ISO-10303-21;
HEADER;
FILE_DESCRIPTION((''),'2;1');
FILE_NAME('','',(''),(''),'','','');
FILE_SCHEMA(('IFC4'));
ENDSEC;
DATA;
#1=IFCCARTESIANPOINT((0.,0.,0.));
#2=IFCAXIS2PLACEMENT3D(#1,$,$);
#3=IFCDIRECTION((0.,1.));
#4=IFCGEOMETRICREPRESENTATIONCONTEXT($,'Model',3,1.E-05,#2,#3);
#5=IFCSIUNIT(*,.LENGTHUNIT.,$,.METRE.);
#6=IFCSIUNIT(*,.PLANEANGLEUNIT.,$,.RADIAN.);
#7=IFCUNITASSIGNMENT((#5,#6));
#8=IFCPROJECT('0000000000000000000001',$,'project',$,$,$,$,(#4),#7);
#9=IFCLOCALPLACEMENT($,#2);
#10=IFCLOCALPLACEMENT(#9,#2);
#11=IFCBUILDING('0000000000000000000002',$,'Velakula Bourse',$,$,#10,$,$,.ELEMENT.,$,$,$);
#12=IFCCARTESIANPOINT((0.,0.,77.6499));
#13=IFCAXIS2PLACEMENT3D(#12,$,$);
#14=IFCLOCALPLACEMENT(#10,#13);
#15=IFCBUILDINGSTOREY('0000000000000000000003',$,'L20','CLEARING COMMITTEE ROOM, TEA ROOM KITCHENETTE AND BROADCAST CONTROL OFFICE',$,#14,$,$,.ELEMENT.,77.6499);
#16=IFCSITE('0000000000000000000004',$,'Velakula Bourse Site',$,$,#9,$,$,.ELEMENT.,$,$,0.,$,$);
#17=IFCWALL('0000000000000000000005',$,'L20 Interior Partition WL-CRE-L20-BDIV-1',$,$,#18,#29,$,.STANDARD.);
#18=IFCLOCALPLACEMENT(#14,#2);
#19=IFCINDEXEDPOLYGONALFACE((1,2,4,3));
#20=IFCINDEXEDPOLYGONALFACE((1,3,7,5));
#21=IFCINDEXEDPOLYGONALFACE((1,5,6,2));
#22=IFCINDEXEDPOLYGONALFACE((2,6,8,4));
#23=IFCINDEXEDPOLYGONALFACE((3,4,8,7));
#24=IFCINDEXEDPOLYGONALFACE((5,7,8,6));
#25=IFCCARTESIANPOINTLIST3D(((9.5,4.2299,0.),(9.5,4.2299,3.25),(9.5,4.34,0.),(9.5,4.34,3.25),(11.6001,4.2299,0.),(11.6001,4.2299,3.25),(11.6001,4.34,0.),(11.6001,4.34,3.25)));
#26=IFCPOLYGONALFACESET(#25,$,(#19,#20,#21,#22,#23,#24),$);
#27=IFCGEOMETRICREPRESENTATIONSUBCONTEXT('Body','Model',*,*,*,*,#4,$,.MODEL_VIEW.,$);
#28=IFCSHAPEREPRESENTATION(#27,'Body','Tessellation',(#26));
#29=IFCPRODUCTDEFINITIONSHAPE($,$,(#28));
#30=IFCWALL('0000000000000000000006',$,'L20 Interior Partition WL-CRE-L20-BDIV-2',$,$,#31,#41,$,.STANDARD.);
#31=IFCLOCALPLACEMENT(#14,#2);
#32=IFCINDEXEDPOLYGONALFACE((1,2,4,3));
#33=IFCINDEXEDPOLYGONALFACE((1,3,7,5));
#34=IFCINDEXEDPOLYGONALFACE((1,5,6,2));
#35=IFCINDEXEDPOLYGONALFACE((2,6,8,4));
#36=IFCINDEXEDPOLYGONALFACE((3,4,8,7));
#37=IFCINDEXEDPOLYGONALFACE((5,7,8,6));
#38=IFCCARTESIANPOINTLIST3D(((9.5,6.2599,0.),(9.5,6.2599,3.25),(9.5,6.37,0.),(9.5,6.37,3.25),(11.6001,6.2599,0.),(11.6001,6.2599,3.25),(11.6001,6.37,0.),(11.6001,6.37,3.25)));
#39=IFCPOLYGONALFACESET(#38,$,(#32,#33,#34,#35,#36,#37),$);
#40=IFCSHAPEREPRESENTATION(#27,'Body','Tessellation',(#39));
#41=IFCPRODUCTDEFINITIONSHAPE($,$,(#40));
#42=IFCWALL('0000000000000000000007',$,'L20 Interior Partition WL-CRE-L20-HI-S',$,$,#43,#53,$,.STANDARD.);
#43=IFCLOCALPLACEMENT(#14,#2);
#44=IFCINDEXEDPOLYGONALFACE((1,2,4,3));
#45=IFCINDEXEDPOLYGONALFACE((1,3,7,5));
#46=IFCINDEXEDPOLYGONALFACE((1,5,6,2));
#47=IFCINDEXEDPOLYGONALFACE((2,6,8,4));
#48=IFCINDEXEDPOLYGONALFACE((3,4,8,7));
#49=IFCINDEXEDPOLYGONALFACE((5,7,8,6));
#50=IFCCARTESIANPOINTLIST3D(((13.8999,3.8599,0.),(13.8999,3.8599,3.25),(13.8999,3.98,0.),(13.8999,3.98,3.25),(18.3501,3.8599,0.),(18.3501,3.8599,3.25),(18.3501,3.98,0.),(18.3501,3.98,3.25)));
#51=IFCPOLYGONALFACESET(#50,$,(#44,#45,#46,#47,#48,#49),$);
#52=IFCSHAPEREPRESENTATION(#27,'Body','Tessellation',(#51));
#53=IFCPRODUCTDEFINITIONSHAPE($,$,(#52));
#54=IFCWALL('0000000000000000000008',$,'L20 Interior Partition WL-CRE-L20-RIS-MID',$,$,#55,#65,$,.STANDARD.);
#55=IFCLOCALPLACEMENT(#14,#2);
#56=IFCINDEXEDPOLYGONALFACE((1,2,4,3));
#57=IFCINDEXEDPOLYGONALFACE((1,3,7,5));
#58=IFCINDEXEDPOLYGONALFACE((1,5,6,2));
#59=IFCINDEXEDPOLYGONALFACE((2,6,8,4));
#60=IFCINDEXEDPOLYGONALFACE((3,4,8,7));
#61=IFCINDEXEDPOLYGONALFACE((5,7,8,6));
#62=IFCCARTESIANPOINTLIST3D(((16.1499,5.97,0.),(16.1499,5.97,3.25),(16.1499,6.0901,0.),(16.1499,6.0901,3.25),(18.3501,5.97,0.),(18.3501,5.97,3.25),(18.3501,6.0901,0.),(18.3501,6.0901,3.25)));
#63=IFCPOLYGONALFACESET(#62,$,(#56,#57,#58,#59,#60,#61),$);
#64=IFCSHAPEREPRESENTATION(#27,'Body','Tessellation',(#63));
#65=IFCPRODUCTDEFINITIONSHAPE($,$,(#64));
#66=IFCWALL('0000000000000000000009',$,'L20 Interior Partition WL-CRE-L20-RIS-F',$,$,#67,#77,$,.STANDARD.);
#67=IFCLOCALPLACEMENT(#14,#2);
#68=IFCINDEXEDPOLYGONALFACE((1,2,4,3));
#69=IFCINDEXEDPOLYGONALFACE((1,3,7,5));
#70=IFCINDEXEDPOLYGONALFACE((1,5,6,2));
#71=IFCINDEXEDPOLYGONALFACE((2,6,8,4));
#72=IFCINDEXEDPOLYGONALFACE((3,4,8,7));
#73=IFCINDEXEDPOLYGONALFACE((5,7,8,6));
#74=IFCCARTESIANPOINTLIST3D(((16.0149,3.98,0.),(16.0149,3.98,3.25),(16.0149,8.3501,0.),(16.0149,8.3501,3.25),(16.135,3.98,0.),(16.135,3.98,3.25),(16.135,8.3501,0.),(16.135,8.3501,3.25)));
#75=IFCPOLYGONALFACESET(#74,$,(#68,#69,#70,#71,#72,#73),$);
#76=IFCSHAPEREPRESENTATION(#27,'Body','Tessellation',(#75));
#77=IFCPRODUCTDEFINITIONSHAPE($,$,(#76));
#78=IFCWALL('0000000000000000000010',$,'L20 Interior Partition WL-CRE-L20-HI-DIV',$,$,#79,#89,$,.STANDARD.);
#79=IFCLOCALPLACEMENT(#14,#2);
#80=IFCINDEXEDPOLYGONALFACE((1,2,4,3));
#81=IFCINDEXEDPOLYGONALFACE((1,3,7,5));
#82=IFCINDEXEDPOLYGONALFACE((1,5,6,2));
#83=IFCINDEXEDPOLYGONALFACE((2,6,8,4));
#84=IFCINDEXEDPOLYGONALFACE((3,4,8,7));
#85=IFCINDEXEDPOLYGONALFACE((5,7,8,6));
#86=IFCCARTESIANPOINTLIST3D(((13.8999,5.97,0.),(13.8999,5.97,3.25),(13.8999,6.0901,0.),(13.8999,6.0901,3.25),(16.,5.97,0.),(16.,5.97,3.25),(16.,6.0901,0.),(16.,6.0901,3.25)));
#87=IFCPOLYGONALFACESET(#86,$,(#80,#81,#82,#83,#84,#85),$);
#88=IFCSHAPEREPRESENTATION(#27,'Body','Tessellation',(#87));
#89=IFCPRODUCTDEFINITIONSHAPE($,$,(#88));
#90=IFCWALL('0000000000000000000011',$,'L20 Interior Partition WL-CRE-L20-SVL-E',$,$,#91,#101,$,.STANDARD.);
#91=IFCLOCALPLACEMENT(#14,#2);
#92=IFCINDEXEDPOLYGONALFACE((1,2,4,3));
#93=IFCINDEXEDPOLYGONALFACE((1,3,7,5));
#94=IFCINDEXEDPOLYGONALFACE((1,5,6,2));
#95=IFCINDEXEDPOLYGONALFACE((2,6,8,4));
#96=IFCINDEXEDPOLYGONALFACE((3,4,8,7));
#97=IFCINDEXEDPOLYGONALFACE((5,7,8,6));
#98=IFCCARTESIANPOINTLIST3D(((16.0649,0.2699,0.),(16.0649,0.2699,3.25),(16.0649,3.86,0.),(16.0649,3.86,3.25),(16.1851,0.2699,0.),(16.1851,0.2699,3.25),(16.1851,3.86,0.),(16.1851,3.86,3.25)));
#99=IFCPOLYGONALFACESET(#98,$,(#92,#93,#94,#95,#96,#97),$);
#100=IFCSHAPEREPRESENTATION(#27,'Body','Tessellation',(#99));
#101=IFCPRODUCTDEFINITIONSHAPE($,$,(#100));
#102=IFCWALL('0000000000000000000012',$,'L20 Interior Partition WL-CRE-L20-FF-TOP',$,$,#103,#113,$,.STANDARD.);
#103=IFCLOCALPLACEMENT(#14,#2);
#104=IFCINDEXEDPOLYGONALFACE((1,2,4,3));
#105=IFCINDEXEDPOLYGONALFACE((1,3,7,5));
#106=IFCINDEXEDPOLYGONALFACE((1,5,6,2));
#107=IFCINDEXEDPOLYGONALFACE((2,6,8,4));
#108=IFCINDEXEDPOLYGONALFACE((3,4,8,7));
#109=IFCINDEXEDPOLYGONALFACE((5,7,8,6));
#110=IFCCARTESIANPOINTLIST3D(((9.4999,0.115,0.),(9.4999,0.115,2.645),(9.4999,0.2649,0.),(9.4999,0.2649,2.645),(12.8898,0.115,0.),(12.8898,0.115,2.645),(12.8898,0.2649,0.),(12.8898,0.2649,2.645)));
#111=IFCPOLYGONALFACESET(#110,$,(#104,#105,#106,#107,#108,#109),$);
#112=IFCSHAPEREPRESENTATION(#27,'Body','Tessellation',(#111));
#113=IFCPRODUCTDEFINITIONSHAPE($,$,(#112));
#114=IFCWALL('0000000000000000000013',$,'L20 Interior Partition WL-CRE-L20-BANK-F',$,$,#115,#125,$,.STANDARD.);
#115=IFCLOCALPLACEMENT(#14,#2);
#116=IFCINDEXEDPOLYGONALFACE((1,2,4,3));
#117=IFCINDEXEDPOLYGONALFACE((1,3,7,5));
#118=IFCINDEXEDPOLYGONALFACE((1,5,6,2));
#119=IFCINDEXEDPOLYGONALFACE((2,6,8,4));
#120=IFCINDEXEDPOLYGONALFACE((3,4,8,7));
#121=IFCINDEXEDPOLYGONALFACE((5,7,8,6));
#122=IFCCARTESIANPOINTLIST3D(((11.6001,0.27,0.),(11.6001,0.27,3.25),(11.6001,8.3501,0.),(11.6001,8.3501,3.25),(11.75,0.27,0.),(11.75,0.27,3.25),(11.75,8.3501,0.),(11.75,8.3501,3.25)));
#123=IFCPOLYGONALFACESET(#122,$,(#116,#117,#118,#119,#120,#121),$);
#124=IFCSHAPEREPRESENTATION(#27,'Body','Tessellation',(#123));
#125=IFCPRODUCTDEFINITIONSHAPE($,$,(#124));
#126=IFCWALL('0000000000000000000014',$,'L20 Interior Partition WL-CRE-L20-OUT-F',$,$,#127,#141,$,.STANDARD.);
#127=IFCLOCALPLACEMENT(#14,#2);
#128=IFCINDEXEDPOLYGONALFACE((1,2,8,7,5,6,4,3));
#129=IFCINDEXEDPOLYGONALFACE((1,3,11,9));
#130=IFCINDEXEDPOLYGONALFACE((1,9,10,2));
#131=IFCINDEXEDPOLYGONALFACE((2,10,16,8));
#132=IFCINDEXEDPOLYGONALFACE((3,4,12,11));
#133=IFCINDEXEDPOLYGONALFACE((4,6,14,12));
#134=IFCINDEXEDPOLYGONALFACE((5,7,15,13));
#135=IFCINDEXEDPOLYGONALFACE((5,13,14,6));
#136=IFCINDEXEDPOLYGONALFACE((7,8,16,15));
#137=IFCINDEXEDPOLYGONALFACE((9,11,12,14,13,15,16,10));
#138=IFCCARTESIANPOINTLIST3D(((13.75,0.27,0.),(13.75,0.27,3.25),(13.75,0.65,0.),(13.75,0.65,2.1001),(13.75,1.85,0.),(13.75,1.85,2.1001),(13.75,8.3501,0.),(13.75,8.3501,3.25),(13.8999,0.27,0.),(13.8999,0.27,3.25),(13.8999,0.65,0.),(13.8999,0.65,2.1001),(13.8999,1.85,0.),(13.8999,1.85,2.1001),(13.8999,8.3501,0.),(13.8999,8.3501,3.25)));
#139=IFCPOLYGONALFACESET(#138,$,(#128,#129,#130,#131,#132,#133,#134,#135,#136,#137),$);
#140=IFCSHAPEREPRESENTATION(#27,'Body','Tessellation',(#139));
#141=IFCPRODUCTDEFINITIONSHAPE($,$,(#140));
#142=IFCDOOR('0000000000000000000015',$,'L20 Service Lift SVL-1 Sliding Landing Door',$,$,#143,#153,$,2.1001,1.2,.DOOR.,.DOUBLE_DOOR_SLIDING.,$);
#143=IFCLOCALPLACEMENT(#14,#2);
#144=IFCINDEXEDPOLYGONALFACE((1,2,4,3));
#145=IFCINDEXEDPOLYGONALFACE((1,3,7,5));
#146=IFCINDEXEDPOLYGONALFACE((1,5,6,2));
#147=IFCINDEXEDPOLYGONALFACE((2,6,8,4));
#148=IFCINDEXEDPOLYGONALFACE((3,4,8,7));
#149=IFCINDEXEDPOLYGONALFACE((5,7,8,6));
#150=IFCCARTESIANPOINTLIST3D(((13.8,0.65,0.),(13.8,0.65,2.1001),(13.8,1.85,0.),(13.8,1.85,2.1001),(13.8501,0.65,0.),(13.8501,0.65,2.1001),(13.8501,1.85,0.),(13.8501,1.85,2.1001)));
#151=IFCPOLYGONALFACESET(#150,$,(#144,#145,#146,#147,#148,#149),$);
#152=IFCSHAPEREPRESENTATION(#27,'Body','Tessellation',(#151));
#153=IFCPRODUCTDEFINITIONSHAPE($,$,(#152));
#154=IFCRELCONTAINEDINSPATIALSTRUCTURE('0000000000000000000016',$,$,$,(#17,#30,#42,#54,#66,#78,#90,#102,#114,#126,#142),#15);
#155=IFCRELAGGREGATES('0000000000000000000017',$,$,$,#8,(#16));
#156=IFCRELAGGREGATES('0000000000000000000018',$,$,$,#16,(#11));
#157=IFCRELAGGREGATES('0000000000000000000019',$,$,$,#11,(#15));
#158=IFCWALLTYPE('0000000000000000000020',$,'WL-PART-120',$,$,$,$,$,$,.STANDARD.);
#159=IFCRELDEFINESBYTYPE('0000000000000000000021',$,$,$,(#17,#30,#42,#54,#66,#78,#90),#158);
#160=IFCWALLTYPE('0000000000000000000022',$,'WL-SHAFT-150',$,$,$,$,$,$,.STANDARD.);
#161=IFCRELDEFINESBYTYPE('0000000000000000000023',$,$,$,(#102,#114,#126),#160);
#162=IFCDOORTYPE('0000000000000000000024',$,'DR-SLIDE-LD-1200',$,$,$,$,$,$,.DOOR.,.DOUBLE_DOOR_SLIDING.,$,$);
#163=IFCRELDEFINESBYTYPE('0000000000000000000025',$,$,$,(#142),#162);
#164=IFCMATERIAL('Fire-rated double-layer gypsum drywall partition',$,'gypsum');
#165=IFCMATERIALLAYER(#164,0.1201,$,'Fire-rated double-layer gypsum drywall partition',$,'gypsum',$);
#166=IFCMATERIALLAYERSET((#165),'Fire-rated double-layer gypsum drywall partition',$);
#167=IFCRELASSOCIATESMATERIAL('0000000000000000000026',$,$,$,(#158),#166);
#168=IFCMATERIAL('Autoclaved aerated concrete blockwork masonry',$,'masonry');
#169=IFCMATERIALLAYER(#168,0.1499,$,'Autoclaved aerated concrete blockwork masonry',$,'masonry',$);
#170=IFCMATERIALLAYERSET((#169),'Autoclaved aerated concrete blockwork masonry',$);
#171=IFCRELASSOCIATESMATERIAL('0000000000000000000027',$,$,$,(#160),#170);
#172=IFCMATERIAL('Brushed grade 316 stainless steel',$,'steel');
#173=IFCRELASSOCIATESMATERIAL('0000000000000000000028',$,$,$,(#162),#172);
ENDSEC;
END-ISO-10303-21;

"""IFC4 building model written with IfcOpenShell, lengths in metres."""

from ifc_helpers import new_model, si_unit, direction, frame, frame_2d, origin, place, context, subcontext, project, spatial, rectangle, extrude, material, layer, layer_set, type_object, element, fill, save


model = new_model("IFC4")

# Units and contexts
model_context = context("Model", 3, precision=1e-05, world=origin(), true_north=direction((0.0, 1.0)))
body_context = subcontext(model_context, "Body", "Model", "MODEL_VIEW")
ifc_project = project(units=[si_unit("LENGTHUNIT", "METRE"), si_unit("PLANEANGLEUNIT", "RADIAN")], contexts=[model_context])

# Site, building, storey
site_placement = place(None, origin())
site = spatial("IfcSite", under=ifc_project, at=site_placement, Name="Velakula Bourse Site", CompositionType="ELEMENT", RefElevation=0.0)
building_placement = place(site_placement, origin())
building = spatial("IfcBuilding", under=site, at=building_placement, Name="Velakula Bourse", CompositionType="ELEMENT")
storey_placement = place(building_placement, frame((0.0, 0.0, 77.6499)))
storey = spatial("IfcBuildingStorey", under=building, at=storey_placement, Name="L20", Description="CLEARING COMMITTEE ROOM, TEA ROOM KITCHENETTE AND BROADCAST CONTROL OFFICE", CompositionType="ELEMENT", Elevation=77.6499)

# Walls
ifc_material_1 = material(Name="Fire-rated double-layer gypsum drywall partition", Category="gypsum")
ifc_layer_1 = layer(ifc_material_1, 0.1201, Name="Fire-rated double-layer gypsum drywall partition", Category="gypsum")
ifc_layer_set_1 = layer_set([ifc_layer_1], Name="Fire-rated double-layer gypsum drywall partition")
wall_type_1 = type_object("IfcWallType", Name="WL-PART-120", PredefinedType="STANDARD", material=ifc_layer_set_1)
for number, where, z_axis, x_axis, name in (
    (1, (9.5, 4.2849, 0.0), (0.0, 0.0, 1.0), (1.0, 0.0, 0.0), "L20 Interior Partition WL-CRE-L20-BDIV-1"),
    (2, (9.5, 6.3149, 0.0), (0.0, 0.0, 1.0), (1.0, 0.0, 0.0), "L20 Interior Partition WL-CRE-L20-BDIV-2"),
):
    element("IfcWall", number, at=place(storey_placement, frame(where, z_axis=z_axis, x_axis=x_axis)), inside=storey, type_object=wall_type_1, Name=name, PredefinedType="STANDARD", context=body_context, shape_type="SweptSolid", body=[
        extrude(rectangle(XDim=2.1001, YDim=0.1101, at=frame_2d((1.05, 0.0))), origin(), (0.0, 0.0, 1.0), 3.25),
    ])
wall_1_placement = place(storey_placement, frame((13.8999, 3.9199, 0.0), z_axis=(0.0, 0.0, 1.0), x_axis=(1.0, 0.0, 0.0)))
element("IfcWall", 3, at=wall_1_placement, inside=storey, type_object=wall_type_1, Name="L20 Interior Partition WL-CRE-L20-HI-S", PredefinedType="STANDARD", context=body_context, shape_type="SweptSolid", body=[
    extrude(rectangle(XDim=4.4502, YDim=0.1201, at=frame_2d((2.2251, 0.0))), origin(), (0.0, 0.0, 1.0), 3.25),
])
wall_2_placement = place(storey_placement, frame((16.1499, 6.03, 0.0), z_axis=(0.0, 0.0, 1.0), x_axis=(1.0, 0.0, 0.0)))
element("IfcWall", 4, at=wall_2_placement, inside=storey, type_object=wall_type_1, Name="L20 Interior Partition WL-CRE-L20-RIS-MID", PredefinedType="STANDARD", context=body_context, shape_type="SweptSolid", body=[
    extrude(rectangle(XDim=2.2002, YDim=0.1201, at=frame_2d((1.1001, 0.0))), origin(), (0.0, 0.0, 1.0), 3.25),
])
wall_3_placement = place(storey_placement, frame((16.075, 3.98, 0.0), z_axis=(0.0, 0.0, 1.0), x_axis=(0.0, 1.0, 0.0)))
element("IfcWall", 5, at=wall_3_placement, inside=storey, type_object=wall_type_1, Name="L20 Interior Partition WL-CRE-L20-RIS-F", PredefinedType="STANDARD", context=body_context, shape_type="SweptSolid", body=[
    extrude(rectangle(XDim=4.3701, YDim=0.1201, at=frame_2d((2.1851, 0.0))), origin(), (0.0, 0.0, 1.0), 3.25),
])
wall_4_placement = place(storey_placement, frame((13.8999, 6.03, 0.0), z_axis=(0.0, 0.0, 1.0), x_axis=(1.0, 0.0, 0.0)))
element("IfcWall", 6, at=wall_4_placement, inside=storey, type_object=wall_type_1, Name="L20 Interior Partition WL-CRE-L20-HI-DIV", PredefinedType="STANDARD", context=body_context, shape_type="SweptSolid", body=[
    extrude(rectangle(XDim=2.1001, YDim=0.1201, at=frame_2d((1.05, 0.0))), origin(), (0.0, 0.0, 1.0), 3.25),
])
wall_5_placement = place(storey_placement, frame((16.125, 0.27, 0.0), z_axis=(0.0, 0.0, 1.0), x_axis=(0.0, 1.0, 0.0)))
element("IfcWall", 7, at=wall_5_placement, inside=storey, type_object=wall_type_1, Name="L20 Interior Partition WL-CRE-L20-SVL-E", PredefinedType="STANDARD", context=body_context, shape_type="SweptSolid", body=[
    extrude(rectangle(XDim=3.5901, YDim=0.1201, at=frame_2d((1.7949, 0.0))), origin(), (0.0, 0.0, 1.0), 3.25),
])
ifc_material_2 = material(Name="Autoclaved aerated concrete blockwork masonry", Category="masonry")
ifc_layer_2 = layer(ifc_material_2, 0.1499, Name="Autoclaved aerated concrete blockwork masonry", Category="masonry")
ifc_layer_set_2 = layer_set([ifc_layer_2], Name="Autoclaved aerated concrete blockwork masonry")
wall_type_2 = type_object("IfcWallType", Name="WL-SHAFT-150", PredefinedType="STANDARD", material=ifc_layer_set_2)
wall_6_placement = place(storey_placement, frame((9.5, 0.1899, 0.0), z_axis=(0.0, 0.0, 1.0), x_axis=(1.0, 0.0, 0.0)))
element("IfcWall", 8, at=wall_6_placement, inside=storey, type_object=wall_type_2, Name="L20 Interior Partition WL-CRE-L20-FF-TOP", PredefinedType="STANDARD", context=body_context, shape_type="SweptSolid", body=[
    extrude(rectangle(XDim=3.3899, YDim=0.1499, at=frame_2d((1.6948, 0.0))), origin(), (0.0, 0.0, 1.0), 2.645),
])
wall_7_placement = place(storey_placement, frame((11.675, 0.27, 0.0), z_axis=(0.0, 0.0, 1.0), x_axis=(0.0, 1.0, 0.0)))
element("IfcWall", 9, at=wall_7_placement, inside=storey, type_object=wall_type_2, Name="L20 Interior Partition WL-CRE-L20-BANK-F", PredefinedType="STANDARD", context=body_context, shape_type="SweptSolid", body=[
    extrude(rectangle(XDim=8.0801, YDim=0.1499, at=frame_2d((4.04, 0.0))), origin(), (0.0, 0.0, 1.0), 3.25),
])

# Wall, opening, door
wall_8_placement = place(storey_placement, frame((13.825, 0.27, 0.0), z_axis=(0.0, 0.0, 1.0), x_axis=(0.0, 1.0, 0.0)))
wall_8 = element("IfcWall", 10, at=wall_8_placement, inside=storey, type_object=wall_type_2, Name="L20 Interior Partition WL-CRE-L20-OUT-F", PredefinedType="STANDARD", context=body_context, shape_type="SweptSolid", body=[
    extrude(rectangle(XDim=8.0801, YDim=0.1499, at=frame_2d((4.04, 0.0))), origin(), (0.0, 0.0, 1.0), 3.25),
])
opening_placement = place(wall_8_placement, frame((0.3799, 0.0, 0.0)))
opening = element("IfcOpeningElement", 11, at=opening_placement, cuts=wall_8, PredefinedType="OPENING", context=body_context, shape_type="SweptSolid", body=[
    extrude(rectangle(XDim=1.2, YDim=2.1001, at=frame_2d((0.6001, 1.05))), frame((0.0, 0.085, 0.0), z_axis=(0.0, -1.0, 0.0), x_axis=(1.0, 0.0, 0.0)), (0.0, 0.0, 1.0), 0.1699),
])
ifc_material_3 = material(Name="Brushed grade 316 stainless steel", Category="steel")
door_type = type_object("IfcDoorType", Name="DR-SLIDE-LD-1200", OperationType="DOUBLE_DOOR_SLIDING", PredefinedType="DOOR", material=ifc_material_3)
door_placement = place(opening_placement, origin())
door = element("IfcDoor", 12, at=door_placement, inside=storey, type_object=door_type, Name="L20 Service Lift SVL-1 Sliding Landing Door", OperationType="DOUBLE_DOOR_SLIDING", OverallHeight=2.1001, OverallWidth=1.2, PredefinedType="DOOR", context=body_context, shape_type="SweptSolid", body=[
    extrude(rectangle(XDim=1.2, YDim=2.1001, at=frame_2d((0.6001, 1.05))), frame((0.0, 0.0249, 0.0), z_axis=(0.0, -1.0, 0.0), x_axis=(1.0, 0.0, 0.0)), (0.0, 0.0, 1.0), 0.05),
])
fill(opening, door)

save(model, "model.ifc")
